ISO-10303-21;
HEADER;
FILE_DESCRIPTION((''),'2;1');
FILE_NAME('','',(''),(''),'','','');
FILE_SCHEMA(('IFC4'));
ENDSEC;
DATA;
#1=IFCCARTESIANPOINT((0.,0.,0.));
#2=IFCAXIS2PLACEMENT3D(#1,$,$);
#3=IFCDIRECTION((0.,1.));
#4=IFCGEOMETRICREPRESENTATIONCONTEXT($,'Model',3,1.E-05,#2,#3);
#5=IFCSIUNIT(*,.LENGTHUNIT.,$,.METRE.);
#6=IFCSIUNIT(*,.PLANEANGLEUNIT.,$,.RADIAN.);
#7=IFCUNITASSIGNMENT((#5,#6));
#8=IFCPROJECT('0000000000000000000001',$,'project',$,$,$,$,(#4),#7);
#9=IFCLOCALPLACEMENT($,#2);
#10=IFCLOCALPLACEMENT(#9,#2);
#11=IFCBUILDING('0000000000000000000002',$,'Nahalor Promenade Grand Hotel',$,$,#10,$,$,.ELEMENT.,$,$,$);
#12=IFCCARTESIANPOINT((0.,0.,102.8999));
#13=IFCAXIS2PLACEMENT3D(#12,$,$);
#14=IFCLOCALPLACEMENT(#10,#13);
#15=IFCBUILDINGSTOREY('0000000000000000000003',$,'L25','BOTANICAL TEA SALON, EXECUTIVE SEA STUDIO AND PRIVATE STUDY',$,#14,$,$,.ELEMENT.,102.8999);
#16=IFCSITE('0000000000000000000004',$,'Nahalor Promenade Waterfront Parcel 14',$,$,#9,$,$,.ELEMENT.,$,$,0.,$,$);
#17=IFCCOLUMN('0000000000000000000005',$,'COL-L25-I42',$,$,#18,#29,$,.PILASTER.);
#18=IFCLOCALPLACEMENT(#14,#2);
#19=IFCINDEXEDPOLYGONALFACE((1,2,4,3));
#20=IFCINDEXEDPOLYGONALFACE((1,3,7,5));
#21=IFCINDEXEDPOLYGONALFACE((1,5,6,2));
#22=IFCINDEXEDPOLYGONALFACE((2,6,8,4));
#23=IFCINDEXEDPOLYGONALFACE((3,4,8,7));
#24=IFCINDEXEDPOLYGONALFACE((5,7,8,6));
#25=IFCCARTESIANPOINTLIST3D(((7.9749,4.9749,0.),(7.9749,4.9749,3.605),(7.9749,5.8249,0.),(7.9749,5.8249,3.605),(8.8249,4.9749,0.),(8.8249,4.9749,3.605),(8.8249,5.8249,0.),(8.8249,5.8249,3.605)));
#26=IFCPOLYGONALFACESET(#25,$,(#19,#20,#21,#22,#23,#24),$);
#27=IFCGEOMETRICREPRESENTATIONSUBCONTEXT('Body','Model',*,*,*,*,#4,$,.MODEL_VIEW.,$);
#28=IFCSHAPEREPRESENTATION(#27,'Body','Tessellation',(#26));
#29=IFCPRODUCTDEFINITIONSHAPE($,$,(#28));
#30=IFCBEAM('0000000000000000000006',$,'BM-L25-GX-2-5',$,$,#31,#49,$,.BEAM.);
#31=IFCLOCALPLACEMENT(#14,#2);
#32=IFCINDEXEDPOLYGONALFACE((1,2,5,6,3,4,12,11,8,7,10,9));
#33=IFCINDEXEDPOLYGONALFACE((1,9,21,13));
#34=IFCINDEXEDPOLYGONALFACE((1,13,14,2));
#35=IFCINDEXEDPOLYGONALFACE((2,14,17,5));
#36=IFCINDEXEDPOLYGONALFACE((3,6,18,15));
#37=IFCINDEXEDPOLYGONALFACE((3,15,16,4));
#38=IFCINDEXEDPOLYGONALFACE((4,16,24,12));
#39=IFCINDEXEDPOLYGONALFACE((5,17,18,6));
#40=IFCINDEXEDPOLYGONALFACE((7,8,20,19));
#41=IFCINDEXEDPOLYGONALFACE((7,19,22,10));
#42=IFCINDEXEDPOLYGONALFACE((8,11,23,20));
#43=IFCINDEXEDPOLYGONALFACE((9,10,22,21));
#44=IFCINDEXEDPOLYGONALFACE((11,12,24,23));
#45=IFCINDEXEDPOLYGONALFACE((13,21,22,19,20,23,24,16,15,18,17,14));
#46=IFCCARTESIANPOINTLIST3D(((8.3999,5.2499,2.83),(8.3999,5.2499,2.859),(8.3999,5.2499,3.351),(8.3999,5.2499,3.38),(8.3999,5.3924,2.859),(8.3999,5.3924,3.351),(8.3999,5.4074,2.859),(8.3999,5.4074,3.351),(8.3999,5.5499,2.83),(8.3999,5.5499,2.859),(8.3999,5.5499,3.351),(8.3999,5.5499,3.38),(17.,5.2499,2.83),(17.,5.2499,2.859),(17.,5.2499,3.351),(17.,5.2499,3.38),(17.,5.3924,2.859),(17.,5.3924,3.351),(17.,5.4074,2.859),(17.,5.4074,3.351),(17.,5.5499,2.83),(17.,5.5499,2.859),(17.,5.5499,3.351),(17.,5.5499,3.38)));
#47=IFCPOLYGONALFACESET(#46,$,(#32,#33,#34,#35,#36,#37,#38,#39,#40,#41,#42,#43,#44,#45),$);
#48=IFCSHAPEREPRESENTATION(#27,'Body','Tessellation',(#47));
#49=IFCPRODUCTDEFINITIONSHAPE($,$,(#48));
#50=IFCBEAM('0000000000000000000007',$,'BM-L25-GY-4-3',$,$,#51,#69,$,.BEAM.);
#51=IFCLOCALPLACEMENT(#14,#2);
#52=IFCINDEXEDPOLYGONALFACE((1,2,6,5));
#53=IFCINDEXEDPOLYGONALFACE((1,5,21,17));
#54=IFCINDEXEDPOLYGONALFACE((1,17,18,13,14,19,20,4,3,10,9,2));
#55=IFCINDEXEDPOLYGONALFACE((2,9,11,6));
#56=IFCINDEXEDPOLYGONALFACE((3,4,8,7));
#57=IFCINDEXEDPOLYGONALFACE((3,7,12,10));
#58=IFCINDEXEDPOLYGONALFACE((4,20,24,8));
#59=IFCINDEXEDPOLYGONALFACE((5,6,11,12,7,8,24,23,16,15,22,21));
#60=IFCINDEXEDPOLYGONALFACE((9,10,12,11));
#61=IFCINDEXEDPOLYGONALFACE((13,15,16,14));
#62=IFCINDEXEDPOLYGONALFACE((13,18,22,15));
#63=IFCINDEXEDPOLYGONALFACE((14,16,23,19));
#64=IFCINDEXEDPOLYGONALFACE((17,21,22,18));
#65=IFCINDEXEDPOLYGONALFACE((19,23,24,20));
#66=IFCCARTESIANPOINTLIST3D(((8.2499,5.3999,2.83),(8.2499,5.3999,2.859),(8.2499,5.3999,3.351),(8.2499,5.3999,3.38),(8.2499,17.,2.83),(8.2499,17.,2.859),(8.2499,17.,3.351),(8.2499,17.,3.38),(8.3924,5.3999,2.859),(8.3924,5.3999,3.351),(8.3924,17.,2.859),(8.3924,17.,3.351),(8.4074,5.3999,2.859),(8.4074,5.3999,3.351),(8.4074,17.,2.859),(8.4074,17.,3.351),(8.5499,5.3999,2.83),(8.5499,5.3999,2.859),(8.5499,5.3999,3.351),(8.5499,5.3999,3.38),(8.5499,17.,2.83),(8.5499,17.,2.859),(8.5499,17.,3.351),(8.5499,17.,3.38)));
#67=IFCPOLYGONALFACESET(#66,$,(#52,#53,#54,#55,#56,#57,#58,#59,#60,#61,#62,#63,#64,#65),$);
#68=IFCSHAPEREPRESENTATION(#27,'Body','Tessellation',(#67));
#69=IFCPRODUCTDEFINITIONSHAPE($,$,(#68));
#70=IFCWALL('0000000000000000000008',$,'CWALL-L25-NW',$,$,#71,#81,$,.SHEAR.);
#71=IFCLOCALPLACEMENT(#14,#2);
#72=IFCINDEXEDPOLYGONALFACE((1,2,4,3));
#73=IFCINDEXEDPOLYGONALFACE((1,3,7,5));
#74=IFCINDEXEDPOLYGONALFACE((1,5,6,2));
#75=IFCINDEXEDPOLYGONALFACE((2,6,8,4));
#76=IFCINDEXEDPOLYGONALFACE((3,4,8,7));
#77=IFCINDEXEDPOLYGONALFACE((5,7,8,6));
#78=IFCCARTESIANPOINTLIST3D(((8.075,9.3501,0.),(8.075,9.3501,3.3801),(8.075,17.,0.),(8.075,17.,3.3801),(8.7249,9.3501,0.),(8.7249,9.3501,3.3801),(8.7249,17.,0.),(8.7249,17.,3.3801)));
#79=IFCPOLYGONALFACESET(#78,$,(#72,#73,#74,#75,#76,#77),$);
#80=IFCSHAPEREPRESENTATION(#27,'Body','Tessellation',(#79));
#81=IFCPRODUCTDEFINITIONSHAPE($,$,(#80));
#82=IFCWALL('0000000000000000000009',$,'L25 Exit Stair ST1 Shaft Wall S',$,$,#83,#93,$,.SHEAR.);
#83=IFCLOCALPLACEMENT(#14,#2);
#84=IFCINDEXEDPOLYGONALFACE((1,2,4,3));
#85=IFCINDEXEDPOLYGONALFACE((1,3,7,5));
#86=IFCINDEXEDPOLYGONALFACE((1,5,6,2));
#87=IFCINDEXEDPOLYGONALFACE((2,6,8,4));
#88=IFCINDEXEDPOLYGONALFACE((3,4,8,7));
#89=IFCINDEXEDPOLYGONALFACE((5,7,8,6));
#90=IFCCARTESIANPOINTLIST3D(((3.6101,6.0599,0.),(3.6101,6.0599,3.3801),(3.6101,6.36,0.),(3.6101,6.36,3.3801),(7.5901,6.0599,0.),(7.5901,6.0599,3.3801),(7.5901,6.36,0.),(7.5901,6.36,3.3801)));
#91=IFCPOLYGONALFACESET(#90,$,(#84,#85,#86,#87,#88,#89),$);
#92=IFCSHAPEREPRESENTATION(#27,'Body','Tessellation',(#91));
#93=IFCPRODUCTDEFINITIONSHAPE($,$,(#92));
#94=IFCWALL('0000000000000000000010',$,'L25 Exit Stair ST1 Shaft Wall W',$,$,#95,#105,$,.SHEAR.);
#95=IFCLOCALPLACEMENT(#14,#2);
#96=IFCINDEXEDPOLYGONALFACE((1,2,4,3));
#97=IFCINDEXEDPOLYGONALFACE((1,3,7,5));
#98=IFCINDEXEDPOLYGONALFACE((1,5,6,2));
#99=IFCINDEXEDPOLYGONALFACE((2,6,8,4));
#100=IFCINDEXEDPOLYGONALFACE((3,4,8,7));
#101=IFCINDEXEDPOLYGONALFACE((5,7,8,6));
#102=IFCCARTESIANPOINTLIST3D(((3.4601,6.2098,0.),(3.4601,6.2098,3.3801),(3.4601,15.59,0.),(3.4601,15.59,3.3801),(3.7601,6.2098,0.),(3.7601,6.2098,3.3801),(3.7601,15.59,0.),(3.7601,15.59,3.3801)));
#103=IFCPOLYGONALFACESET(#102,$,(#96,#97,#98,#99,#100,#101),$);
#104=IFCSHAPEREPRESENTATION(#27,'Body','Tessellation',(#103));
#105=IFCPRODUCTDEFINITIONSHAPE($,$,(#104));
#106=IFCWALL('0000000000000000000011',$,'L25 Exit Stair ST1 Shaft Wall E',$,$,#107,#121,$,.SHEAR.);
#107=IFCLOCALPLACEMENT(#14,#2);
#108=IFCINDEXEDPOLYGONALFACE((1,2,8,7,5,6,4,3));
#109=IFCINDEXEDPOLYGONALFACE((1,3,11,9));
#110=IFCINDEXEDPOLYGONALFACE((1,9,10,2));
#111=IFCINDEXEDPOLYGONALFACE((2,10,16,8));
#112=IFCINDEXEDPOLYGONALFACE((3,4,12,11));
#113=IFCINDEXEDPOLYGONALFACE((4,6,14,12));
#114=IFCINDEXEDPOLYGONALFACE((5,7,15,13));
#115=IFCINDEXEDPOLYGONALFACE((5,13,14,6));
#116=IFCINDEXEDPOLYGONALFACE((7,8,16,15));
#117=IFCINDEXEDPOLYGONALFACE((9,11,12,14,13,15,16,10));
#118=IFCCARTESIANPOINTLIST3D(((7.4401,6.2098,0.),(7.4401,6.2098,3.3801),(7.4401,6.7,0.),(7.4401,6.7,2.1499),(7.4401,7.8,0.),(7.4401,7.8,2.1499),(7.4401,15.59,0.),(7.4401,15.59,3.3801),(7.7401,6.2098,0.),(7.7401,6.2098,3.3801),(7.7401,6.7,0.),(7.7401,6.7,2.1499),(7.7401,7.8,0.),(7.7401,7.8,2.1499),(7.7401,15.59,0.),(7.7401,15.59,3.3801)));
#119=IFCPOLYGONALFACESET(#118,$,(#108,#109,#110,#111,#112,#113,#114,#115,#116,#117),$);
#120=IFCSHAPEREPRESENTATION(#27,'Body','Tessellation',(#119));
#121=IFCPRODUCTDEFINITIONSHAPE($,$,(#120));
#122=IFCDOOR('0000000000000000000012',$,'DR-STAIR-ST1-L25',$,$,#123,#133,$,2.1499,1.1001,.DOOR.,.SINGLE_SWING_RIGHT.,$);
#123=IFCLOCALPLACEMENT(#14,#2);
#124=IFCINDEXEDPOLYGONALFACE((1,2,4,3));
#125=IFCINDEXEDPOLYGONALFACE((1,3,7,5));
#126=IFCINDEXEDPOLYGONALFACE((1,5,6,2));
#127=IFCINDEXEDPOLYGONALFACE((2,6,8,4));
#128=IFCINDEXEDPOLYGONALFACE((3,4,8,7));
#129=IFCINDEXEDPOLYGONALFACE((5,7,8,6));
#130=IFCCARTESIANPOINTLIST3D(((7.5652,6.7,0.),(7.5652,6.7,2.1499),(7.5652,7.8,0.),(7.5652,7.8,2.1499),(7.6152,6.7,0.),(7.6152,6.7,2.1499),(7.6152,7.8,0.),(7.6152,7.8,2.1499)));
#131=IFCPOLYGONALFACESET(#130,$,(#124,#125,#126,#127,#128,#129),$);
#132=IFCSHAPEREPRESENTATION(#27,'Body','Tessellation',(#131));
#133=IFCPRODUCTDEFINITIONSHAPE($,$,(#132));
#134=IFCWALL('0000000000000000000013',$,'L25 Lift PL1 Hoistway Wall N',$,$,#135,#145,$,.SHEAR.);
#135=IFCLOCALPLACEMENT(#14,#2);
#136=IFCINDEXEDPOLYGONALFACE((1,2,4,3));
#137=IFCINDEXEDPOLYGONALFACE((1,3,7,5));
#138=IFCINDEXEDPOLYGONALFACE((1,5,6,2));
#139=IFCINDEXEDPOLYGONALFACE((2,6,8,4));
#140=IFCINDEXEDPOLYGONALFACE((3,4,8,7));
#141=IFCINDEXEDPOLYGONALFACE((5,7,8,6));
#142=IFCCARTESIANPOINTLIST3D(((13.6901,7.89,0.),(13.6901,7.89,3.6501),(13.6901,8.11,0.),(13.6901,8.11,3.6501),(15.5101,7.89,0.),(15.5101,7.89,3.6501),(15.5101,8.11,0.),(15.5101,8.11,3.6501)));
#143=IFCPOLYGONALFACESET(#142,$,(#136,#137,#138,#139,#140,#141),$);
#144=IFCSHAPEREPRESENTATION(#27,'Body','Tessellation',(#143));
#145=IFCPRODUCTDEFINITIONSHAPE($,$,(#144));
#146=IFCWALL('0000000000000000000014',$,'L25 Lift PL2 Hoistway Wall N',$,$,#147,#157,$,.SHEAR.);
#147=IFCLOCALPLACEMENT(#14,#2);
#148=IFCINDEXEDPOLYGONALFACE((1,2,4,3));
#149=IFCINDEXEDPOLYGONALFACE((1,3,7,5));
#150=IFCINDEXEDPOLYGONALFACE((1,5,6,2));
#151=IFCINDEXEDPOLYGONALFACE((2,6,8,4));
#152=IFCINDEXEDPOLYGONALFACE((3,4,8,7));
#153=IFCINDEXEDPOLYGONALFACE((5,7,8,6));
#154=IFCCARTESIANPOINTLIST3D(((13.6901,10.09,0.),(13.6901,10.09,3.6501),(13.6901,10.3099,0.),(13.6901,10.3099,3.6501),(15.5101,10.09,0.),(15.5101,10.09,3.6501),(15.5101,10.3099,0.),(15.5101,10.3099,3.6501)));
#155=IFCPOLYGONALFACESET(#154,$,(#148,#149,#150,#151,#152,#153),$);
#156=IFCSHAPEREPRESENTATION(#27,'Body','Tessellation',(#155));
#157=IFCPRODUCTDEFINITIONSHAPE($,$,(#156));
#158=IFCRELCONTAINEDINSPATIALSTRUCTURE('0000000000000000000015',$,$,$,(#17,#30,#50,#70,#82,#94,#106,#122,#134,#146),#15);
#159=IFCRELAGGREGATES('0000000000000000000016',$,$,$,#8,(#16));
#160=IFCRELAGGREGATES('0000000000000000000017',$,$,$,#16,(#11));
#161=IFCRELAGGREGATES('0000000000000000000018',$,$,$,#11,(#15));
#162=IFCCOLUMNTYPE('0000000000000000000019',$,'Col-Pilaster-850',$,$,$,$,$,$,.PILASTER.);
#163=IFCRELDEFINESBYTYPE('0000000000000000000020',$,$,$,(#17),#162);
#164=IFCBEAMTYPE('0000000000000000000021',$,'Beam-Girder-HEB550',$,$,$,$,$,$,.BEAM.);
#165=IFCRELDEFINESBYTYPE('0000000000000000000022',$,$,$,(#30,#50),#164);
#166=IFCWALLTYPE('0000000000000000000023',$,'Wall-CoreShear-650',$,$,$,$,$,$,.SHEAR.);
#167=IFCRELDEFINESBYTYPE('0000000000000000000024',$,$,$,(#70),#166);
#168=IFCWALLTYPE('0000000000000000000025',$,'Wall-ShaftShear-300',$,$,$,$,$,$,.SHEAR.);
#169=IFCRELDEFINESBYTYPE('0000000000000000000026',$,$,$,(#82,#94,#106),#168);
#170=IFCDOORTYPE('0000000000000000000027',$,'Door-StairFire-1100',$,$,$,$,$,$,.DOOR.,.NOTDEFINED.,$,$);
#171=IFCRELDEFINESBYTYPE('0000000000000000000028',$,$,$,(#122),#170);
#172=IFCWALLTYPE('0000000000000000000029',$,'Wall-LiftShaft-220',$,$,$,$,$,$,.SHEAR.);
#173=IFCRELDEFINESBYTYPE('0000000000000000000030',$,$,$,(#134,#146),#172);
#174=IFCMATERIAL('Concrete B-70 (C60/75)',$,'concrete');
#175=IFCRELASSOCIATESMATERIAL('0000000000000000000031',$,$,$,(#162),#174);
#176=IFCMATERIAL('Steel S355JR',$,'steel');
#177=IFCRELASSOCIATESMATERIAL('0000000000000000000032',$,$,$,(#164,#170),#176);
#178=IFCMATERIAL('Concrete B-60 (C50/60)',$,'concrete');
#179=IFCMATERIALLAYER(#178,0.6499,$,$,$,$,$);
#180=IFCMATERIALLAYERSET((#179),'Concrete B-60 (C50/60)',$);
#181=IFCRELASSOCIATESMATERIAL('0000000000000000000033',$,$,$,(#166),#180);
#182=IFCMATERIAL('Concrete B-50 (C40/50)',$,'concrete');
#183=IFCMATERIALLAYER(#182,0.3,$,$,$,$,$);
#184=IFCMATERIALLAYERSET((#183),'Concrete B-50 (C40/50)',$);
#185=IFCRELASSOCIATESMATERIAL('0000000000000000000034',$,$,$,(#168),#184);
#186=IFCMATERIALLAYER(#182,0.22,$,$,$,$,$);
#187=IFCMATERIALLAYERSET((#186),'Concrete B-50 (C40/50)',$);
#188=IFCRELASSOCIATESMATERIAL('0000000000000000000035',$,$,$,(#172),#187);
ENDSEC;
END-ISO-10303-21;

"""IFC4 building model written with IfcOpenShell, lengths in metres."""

from ifc_helpers import new_model, si_unit, direction, frame, frame_2d, origin, origin_2d, place, context, subcontext, project, spatial, rectangle, i_section, extrude, source, transform, mapped, material, layer, layer_set, material_profile, profile_set, type_object, element, fill, save


model = new_model("IFC4")

# Units and contexts
model_context = context("Model", 3, precision=1e-05, world=origin(), true_north=direction((0.0, 1.0)))
body_context = subcontext(model_context, "Body", "Model", "MODEL_VIEW")
ifc_project = project(units=[si_unit("LENGTHUNIT", "METRE"), si_unit("PLANEANGLEUNIT", "RADIAN")], contexts=[model_context])

# Site, building, storey
site_placement = place(None, origin())
site = spatial("IfcSite", under=ifc_project, at=site_placement, Name="Nahalor Promenade Waterfront Parcel 14", CompositionType="ELEMENT", RefElevation=0.0)
building_placement = place(site_placement, origin())
building = spatial("IfcBuilding", under=site, at=building_placement, Name="Nahalor Promenade Grand Hotel", CompositionType="ELEMENT")
storey_placement = place(building_placement, frame((0.0, 0.0, 102.8999)))
storey = spatial("IfcBuildingStorey", under=building, at=storey_placement, Name="L25", Description="BOTANICAL TEA SALON, EXECUTIVE SEA STUDIO AND PRIVATE STUDY", CompositionType="ELEMENT", Elevation=102.8999)

# Column
ifc_material_1 = material(Name="Concrete B-70 (C60/75)", Category="concrete")
ifc_material_profile_1 = material_profile(ifc_material_1, rectangle(XDim=0.85, YDim=0.85, at=origin_2d()), Name="RC 850x850")
ifc_profile_set_1 = profile_set([ifc_material_profile_1], Name="Concrete B-70 (C60/75)")
column_type = type_object("IfcColumnType", Name="Col-Pilaster-850", PredefinedType="PILASTER", material=ifc_profile_set_1)
shared_shape_1 = source(origin(), body_context, "Body", "SweptSolid", [
    extrude(rectangle(XDim=0.85, YDim=0.85, at=origin_2d()), origin(), (0.0, 0.0, 1.0), 3.605),
])
column_placement = place(storey_placement, frame((8.3999, 5.3999, 0.0), z_axis=(0.0, 0.0, 1.0), x_axis=(1.0, 0.0, 0.0)))
element("IfcColumn", 1, at=column_placement, inside=storey, type_object=column_type, Name="COL-L25-I42", PredefinedType="PILASTER", context=body_context, shape_type="MappedRepresentation", body=[
    mapped(shared_shape_1, transform((0.0, 0.0, 0.0), scale=1.0)),
])

# Beams
ifc_material_2 = material(Name="Steel S355JR", Category="steel")
ifc_material_profile_2 = material_profile(ifc_material_2, i_section(OverallWidth=0.3, OverallDepth=0.55, WebThickness=0.015, FlangeThickness=0.029, at=origin_2d()), Name="HEB 550")
ifc_profile_set_2 = profile_set([ifc_material_profile_2], Name="Steel S355JR")
beam_type = type_object("IfcBeamType", Name="Beam-Girder-HEB550", PredefinedType="BEAM", material=ifc_profile_set_2)
shared_shape_2 = source(origin(), body_context, "Body", "SweptSolid", [
    extrude(i_section(OverallWidth=0.3, OverallDepth=0.55, WebThickness=0.015, FlangeThickness=0.029, at=origin_2d()), origin(), (0.0, 0.0, 1.0), 8.6001),
])
beam_1_placement = place(storey_placement, frame((8.3999, 5.3999, 3.105), z_axis=(1.0, 0.0, 0.0), x_axis=(0.0, 1.0, 0.0)))
element("IfcBeam", 2, at=beam_1_placement, inside=storey, type_object=beam_type, Name="BM-L25-GX-2-5", PredefinedType="BEAM", context=body_context, shape_type="MappedRepresentation", body=[
    mapped(shared_shape_2, transform((0.0, 0.0, 0.0), scale=1.0)),
])
shared_shape_3 = source(origin(), body_context, "Body", "SweptSolid", [
    extrude(i_section(OverallWidth=0.3, OverallDepth=0.55, WebThickness=0.015, FlangeThickness=0.029, at=origin_2d()), origin(), (0.0, 0.0, 1.0), 11.6001),
])
beam_2_placement = place(storey_placement, frame((8.3999, 5.3999, 3.105), z_axis=(0.0, 1.0, 0.0), x_axis=(-1.0, 0.0, 0.0)))
element("IfcBeam", 3, at=beam_2_placement, inside=storey, type_object=beam_type, Name="BM-L25-GY-4-3", PredefinedType="BEAM", context=body_context, shape_type="MappedRepresentation", body=[
    mapped(shared_shape_3, transform((0.0, 0.0, 0.0), scale=1.0)),
])

# Walls
ifc_material_3 = material(Name="Concrete B-60 (C50/60)", Category="concrete")
ifc_layer_1 = layer(ifc_material_3, 0.6499)
ifc_layer_set_1 = layer_set([ifc_layer_1], Name="Concrete B-60 (C50/60)")
wall_type_1 = type_object("IfcWallType", Name="Wall-CoreShear-650", PredefinedType="SHEAR", material=ifc_layer_set_1)
shared_shape_4 = source(origin(), body_context, "Body", "SweptSolid", [
    extrude(rectangle(XDim=7.6499, YDim=0.6499, at=frame_2d((3.825, 0.0))), origin(), (0.0, 0.0, 1.0), 3.3801),
])
wall_1_placement = place(storey_placement, frame((8.3999, 9.3501, 0.0), z_axis=(0.0, 0.0, 1.0), x_axis=(0.0, 1.0, 0.0)))
element("IfcWall", 4, at=wall_1_placement, inside=storey, type_object=wall_type_1, Name="CWALL-L25-NW", PredefinedType="SHEAR", context=body_context, shape_type="MappedRepresentation", body=[
    mapped(shared_shape_4, transform((0.0, 0.0, 0.0), scale=1.0)),
])
ifc_material_4 = material(Name="Concrete B-50 (C40/50)", Category="concrete")
ifc_layer_2 = layer(ifc_material_4, 0.3)
ifc_layer_set_2 = layer_set([ifc_layer_2], Name="Concrete B-50 (C40/50)")
wall_type_2 = type_object("IfcWallType", Name="Wall-ShaftShear-300", PredefinedType="SHEAR", material=ifc_layer_set_2)
shared_shape_5 = source(origin(), body_context, "Body", "SweptSolid", [
    extrude(rectangle(XDim=3.98, YDim=0.3, at=frame_2d((1.99, 0.0))), origin(), (0.0, 0.0, 1.0), 3.3801),
])
wall_2_placement = place(storey_placement, frame((3.6101, 6.21, 0.0), z_axis=(0.0, 0.0, 1.0), x_axis=(1.0, 0.0, 0.0)))
element("IfcWall", 5, at=wall_2_placement, inside=storey, type_object=wall_type_2, Name="L25 Exit Stair ST1 Shaft Wall S", PredefinedType="SHEAR", context=body_context, shape_type="MappedRepresentation", body=[
    mapped(shared_shape_5, transform((0.0, 0.0, 0.0), scale=1.0)),
])
shared_shape_6 = source(origin(), body_context, "Body", "SweptSolid", [
    extrude(rectangle(XDim=9.3801, YDim=0.3, at=frame_2d((4.6899, 0.0))), origin(), (0.0, 0.0, 1.0), 3.3801),
])
wall_3_placement = place(storey_placement, frame((3.6101, 6.21, 0.0), z_axis=(0.0, 0.0, 1.0), x_axis=(0.0, 1.0, 0.0)))
element("IfcWall", 6, at=wall_3_placement, inside=storey, type_object=wall_type_2, Name="L25 Exit Stair ST1 Shaft Wall W", PredefinedType="SHEAR", context=body_context, shape_type="MappedRepresentation", body=[
    mapped(shared_shape_6, transform((0.0, 0.0, 0.0), scale=1.0)),
])

# Wall, opening, door
wall_4_placement = place(storey_placement, frame((7.5901, 6.21, 0.0), z_axis=(0.0, 0.0, 1.0), x_axis=(0.0, 1.0, 0.0)))
wall_4 = element("IfcWall", 7, at=wall_4_placement, inside=storey, type_object=wall_type_2, Name="L25 Exit Stair ST1 Shaft Wall E", PredefinedType="SHEAR", context=body_context, shape_type="MappedRepresentation", body=[
    mapped(shared_shape_6, transform((0.0, 0.0, 0.0), scale=1.0)),
])
opening_1_placement = place(wall_4_placement, frame((0.49, 0.0, 0.0)))
opening_1 = element("IfcOpeningElement", 8, at=opening_1_placement, cuts=wall_4, PredefinedType="OPENING", context=body_context, shape_type="SweptSolid", body=[
    extrude(rectangle(XDim=1.1001, YDim=2.1499, at=frame_2d((0.55, 1.075))), frame((0.0, 0.1599, 0.0), z_axis=(0.0, -1.0, 0.0), x_axis=(1.0, 0.0, 0.0)), (0.0, 0.0, 1.0), 0.3201),
])
door_type_1 = type_object("IfcDoorType", Name="Door-StairFire-1100", OperationType="NOTDEFINED", PredefinedType="DOOR", material=ifc_material_2)
shared_shape_7 = source(origin(), body_context, "Body", "SweptSolid", [
    extrude(rectangle(XDim=1.1001, YDim=2.1499, at=frame_2d((0.55, 1.075))), frame((0.0, 0.0249, 0.0), z_axis=(0.0, -1.0, 0.0), x_axis=(1.0, 0.0, 0.0)), (0.0, 0.0, 1.0), 0.05),
])
door_1_placement = place(opening_1_placement, origin())
door_1 = element("IfcDoor", 9, at=door_1_placement, inside=storey, type_object=door_type_1, Name="DR-STAIR-ST1-L25", OperationType="SINGLE_SWING_RIGHT", OverallHeight=2.1499, OverallWidth=1.1001, PredefinedType="DOOR", context=body_context, shape_type="MappedRepresentation", body=[
    mapped(shared_shape_7, transform((0.0, 0.0, 0.0), scale=1.0)),
])
fill(opening_1, door_1)

# Walls
ifc_layer_3 = layer(ifc_material_4, 0.22)
ifc_layer_set_3 = layer_set([ifc_layer_3], Name="Concrete B-50 (C40/50)")
wall_type_3 = type_object("IfcWallType", Name="Wall-LiftShaft-220", PredefinedType="SHEAR", material=ifc_layer_set_3)
shared_shape_8 = source(origin(), body_context, "Body", "SweptSolid", [
    extrude(rectangle(XDim=1.8201, YDim=0.22, at=frame_2d((0.9102, 0.0))), origin(), (0.0, 0.0, 1.0), 3.6501),
])
for number, where, z_axis, x_axis, name in (
    (10, (13.6899, 8.0, 0.0), (0.0, 0.0, 1.0), (1.0, 0.0, 0.0), "L25 Lift PL1 Hoistway Wall N"),
    (11, (13.6899, 10.2, 0.0), (0.0, 0.0, 1.0), (1.0, 0.0, 0.0), "L25 Lift PL2 Hoistway Wall N"),
):
    element("IfcWall", number, at=place(storey_placement, frame(where, z_axis=z_axis, x_axis=x_axis)), inside=storey, type_object=wall_type_3, Name=name, PredefinedType="SHEAR", context=body_context, shape_type="MappedRepresentation", body=[
        mapped(shared_shape_8, transform((0.0, 0.0, 0.0), scale=1.0)),
    ])

save(model, "model.ifc")
